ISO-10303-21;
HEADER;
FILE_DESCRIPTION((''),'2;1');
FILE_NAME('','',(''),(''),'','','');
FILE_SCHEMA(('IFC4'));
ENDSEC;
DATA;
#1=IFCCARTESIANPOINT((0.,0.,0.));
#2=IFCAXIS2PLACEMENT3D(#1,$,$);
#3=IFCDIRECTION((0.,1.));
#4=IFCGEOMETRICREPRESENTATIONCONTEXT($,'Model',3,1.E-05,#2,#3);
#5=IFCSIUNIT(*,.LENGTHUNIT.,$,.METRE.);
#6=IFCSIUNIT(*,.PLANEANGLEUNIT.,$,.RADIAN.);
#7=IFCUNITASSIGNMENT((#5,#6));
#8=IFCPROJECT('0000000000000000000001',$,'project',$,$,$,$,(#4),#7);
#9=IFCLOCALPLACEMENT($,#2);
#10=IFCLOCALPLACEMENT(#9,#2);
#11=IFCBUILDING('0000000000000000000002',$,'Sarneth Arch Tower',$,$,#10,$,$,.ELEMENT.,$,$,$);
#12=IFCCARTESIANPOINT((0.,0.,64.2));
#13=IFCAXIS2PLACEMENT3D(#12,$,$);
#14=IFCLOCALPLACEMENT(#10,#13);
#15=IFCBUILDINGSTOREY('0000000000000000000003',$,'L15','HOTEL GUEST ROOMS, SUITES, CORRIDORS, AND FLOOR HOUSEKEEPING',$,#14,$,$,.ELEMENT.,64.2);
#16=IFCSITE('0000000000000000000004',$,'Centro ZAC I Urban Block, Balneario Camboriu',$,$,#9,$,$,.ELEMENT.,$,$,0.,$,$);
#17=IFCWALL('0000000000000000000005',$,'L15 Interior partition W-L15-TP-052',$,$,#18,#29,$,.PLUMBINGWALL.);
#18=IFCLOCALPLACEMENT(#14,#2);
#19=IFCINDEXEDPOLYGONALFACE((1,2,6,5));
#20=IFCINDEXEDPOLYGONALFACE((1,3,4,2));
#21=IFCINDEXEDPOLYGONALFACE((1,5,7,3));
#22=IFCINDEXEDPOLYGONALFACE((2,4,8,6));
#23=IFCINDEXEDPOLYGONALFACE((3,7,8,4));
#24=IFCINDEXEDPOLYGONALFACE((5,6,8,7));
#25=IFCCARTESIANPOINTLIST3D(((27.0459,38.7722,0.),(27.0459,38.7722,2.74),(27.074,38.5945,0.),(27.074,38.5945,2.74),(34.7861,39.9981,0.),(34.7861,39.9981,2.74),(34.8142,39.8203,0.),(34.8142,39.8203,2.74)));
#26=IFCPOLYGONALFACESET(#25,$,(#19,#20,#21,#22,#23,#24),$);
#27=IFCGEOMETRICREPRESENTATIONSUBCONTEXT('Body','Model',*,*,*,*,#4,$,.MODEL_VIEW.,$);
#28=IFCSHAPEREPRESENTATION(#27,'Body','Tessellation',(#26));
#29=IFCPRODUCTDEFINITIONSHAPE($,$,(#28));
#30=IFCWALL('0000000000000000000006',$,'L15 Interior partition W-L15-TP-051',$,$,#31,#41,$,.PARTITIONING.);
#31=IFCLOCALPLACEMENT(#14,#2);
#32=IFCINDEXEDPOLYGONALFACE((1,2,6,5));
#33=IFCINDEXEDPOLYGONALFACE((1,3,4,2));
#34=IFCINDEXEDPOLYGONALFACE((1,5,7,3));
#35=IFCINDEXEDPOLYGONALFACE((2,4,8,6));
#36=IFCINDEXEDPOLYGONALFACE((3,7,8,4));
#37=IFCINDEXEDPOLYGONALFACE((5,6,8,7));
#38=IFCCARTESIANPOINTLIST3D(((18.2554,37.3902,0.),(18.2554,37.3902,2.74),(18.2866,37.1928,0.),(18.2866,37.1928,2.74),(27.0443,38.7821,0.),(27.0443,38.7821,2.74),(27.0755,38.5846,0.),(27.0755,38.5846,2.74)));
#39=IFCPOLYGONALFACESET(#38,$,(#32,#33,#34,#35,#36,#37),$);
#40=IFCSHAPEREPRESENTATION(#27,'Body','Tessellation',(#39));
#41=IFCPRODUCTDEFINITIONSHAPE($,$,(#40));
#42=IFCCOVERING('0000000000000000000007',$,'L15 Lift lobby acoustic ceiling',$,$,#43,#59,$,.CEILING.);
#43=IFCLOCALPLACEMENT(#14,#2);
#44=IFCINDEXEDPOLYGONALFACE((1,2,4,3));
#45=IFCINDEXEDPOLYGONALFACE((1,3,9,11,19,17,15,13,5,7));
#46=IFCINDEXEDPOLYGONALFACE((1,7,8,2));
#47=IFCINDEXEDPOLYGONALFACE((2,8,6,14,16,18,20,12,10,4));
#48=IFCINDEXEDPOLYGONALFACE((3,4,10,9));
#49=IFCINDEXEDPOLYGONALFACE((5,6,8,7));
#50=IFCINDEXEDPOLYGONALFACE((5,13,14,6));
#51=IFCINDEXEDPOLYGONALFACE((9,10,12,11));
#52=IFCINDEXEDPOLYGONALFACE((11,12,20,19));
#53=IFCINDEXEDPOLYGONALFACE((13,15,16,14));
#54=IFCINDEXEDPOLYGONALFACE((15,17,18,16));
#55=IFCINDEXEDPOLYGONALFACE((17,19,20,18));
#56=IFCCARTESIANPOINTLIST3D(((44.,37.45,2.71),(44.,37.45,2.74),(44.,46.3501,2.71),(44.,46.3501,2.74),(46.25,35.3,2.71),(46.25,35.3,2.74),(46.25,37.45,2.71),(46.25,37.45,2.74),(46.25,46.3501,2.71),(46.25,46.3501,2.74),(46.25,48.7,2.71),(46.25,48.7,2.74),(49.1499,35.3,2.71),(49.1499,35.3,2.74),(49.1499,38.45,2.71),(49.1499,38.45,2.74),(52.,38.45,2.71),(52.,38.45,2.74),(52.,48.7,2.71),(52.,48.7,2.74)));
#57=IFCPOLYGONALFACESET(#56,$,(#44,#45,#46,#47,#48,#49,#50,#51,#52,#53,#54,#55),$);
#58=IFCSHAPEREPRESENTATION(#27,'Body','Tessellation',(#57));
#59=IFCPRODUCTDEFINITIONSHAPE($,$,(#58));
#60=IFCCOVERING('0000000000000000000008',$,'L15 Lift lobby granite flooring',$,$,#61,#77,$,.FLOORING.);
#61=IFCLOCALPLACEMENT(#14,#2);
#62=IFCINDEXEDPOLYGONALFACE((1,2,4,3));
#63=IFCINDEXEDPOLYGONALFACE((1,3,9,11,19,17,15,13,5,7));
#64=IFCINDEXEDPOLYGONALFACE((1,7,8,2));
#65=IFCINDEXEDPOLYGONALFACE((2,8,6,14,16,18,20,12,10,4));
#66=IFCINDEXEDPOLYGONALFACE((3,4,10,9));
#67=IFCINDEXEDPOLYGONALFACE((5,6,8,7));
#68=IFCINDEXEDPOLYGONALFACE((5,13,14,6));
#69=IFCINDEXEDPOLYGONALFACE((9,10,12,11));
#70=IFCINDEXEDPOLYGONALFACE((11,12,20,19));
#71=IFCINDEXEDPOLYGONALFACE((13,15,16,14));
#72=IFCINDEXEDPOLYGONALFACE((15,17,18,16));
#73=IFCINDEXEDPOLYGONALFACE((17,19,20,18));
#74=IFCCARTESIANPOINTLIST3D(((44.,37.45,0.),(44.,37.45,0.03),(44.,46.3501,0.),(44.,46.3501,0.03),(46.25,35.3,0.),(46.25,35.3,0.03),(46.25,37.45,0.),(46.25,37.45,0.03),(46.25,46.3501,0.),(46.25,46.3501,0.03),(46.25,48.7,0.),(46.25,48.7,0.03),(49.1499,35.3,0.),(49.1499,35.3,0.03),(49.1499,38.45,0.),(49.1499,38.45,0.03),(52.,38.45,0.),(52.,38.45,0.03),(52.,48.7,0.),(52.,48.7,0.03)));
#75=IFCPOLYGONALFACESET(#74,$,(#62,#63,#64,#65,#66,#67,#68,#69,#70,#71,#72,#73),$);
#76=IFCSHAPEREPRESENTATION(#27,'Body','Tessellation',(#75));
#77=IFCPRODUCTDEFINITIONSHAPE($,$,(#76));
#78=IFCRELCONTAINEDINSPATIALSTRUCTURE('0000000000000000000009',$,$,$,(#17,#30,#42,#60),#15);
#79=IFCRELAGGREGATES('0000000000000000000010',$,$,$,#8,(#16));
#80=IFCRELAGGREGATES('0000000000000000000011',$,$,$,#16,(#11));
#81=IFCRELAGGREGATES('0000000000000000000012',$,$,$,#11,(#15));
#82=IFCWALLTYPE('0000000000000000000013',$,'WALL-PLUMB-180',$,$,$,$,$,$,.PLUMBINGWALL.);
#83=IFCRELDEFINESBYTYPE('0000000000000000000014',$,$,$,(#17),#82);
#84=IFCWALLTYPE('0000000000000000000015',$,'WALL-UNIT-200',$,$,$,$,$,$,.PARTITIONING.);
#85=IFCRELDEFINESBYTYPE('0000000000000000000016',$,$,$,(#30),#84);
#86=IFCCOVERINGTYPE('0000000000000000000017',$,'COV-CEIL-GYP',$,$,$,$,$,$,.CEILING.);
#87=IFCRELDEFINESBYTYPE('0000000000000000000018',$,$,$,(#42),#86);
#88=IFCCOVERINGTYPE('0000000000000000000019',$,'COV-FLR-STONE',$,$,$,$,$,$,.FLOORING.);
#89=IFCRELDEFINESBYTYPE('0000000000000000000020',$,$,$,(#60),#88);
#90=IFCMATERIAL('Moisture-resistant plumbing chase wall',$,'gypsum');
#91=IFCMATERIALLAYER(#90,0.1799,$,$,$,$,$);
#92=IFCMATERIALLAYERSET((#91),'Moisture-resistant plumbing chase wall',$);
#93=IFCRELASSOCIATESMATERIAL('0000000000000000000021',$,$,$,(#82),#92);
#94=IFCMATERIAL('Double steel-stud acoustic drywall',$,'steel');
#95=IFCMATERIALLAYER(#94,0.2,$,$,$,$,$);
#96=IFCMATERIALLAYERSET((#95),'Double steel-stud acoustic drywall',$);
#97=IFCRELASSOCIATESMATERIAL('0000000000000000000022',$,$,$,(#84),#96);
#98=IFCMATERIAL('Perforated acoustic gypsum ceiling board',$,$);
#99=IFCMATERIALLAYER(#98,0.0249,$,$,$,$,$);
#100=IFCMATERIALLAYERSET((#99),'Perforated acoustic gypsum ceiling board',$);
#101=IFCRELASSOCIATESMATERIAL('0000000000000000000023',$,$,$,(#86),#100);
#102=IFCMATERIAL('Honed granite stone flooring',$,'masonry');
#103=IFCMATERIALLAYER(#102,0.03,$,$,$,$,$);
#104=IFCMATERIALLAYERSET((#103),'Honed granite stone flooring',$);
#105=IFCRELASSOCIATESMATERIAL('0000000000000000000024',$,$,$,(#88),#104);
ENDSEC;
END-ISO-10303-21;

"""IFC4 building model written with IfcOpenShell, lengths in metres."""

from ifc_helpers import new_model, si_unit, direction, frame, frame_2d, origin, place, context, subcontext, project, spatial, polyline, rectangle, outline, extrude, material, layer, layer_set, type_object, element, save


model = new_model("IFC4")

# Units and contexts
model_context = context("Model", 3, precision=1e-05, world=origin(), true_north=direction((0.0, 1.0)))
body_context = subcontext(model_context, "Body", "Model", "MODEL_VIEW")
ifc_project = project(units=[si_unit("LENGTHUNIT", "METRE"), si_unit("PLANEANGLEUNIT", "RADIAN")], contexts=[model_context])

# Site, building, storey
site_placement = place(None, origin())
site = spatial("IfcSite", under=ifc_project, at=site_placement, Name="Centro ZAC I Urban Block, Balneario Camboriu", CompositionType="ELEMENT", RefElevation=0.0)
building_placement = place(site_placement, origin())
building = spatial("IfcBuilding", under=site, at=building_placement, Name="Sarneth Arch Tower", CompositionType="ELEMENT")
storey_placement = place(building_placement, frame((0.0, 0.0, 64.2)))
storey = spatial("IfcBuildingStorey", under=building, at=storey_placement, Name="L15", Description="HOTEL GUEST ROOMS, SUITES, CORRIDORS, AND FLOOR HOUSEKEEPING", CompositionType="ELEMENT", Elevation=64.2)

# Walls
ifc_material_1 = material(Name="Moisture-resistant plumbing chase wall", Category="gypsum")
ifc_layer_1 = layer(ifc_material_1, 0.1799)
ifc_layer_set_1 = layer_set([ifc_layer_1], Name="Moisture-resistant plumbing chase wall")
wall_type_1 = type_object("IfcWallType", Name="WALL-PLUMB-180", PredefinedType="PLUMBINGWALL", material=ifc_layer_set_1)
wall_1_placement = place(storey_placement, frame((27.0598, 38.6833, 0.0), z_axis=(0.0, 0.0, 1.0), x_axis=(0.98769, 0.156422, 0.0)))
element("IfcWall", 1, at=wall_1_placement, inside=storey, type_object=wall_type_1, Name="L15 Interior partition W-L15-TP-052", PredefinedType="PLUMBINGWALL", context=body_context, shape_type="SweptSolid", body=[
    extrude(rectangle(XDim=7.8367, YDim=0.1799, at=frame_2d((3.9185, 0.0))), origin(), (0.0, 0.0, 1.0), 2.74),
])
ifc_material_2 = material(Name="Double steel-stud acoustic drywall", Category="steel")
ifc_layer_2 = layer(ifc_material_2, 0.2)
ifc_layer_set_2 = layer_set([ifc_layer_2], Name="Double steel-stud acoustic drywall")
wall_type_2 = type_object("IfcWallType", Name="WALL-UNIT-200", PredefinedType="PARTITIONING", material=ifc_layer_set_2)
wall_2_placement = place(storey_placement, frame((18.271, 37.2915, 0.0), z_axis=(0.0, 0.0, 1.0), x_axis=(0.987691, 0.156416, 0.0)))
element("IfcWall", 2, at=wall_2_placement, inside=storey, type_object=wall_type_2, Name="L15 Interior partition W-L15-TP-051", PredefinedType="PARTITIONING", context=body_context, shape_type="SweptSolid", body=[
    extrude(rectangle(XDim=8.8984, YDim=0.2, at=frame_2d((4.4492, 0.0))), origin(), (0.0, 0.0, 1.0), 2.74),
])

# Coverings
ifc_material_3 = material(Name="Perforated acoustic gypsum ceiling board")
ifc_layer_3 = layer(ifc_material_3, 0.0249)
ifc_layer_set_3 = layer_set([ifc_layer_3], Name="Perforated acoustic gypsum ceiling board")
covering_type_1 = type_object("IfcCoveringType", Name="COV-CEIL-GYP", PredefinedType="CEILING", material=ifc_layer_set_3)
covering_1_placement = place(storey_placement, frame((0.0, 0.0, 2.71)))
element("IfcCovering", 3, at=covering_1_placement, inside=storey, type_object=covering_type_1, Name="L15 Lift lobby acoustic ceiling", PredefinedType="CEILING", context=body_context, shape_type="SweptSolid", body=[
    extrude(outline(polyline([(49.1499, 38.45), (49.1499, 35.3), (46.25, 35.3), (46.25, 37.45), (44.0, 37.45), (44.0, 46.3501), (46.25, 46.3501), (46.25, 48.7), (52.0, 48.7), (52.0, 38.45), (49.1499, 38.45)])), origin(), (0.0, 0.0, 1.0), 0.03),
])
ifc_material_4 = material(Name="Honed granite stone flooring", Category="masonry")
ifc_layer_4 = layer(ifc_material_4, 0.03)
ifc_layer_set_4 = layer_set([ifc_layer_4], Name="Honed granite stone flooring")
covering_type_2 = type_object("IfcCoveringType", Name="COV-FLR-STONE", PredefinedType="FLOORING", material=ifc_layer_set_4)
covering_2_placement = place(storey_placement, origin())
element("IfcCovering", 4, at=covering_2_placement, inside=storey, type_object=covering_type_2, Name="L15 Lift lobby granite flooring", PredefinedType="FLOORING", context=body_context, shape_type="SweptSolid", body=[
    extrude(outline(polyline([(49.1499, 38.45), (49.1499, 35.3), (46.25, 35.3), (46.25, 37.45), (44.0, 37.45), (44.0, 46.3501), (46.25, 46.3501), (46.25, 48.7), (52.0, 48.7), (52.0, 38.45), (49.1499, 38.45)])), origin(), (0.0, 0.0, 1.0), 0.03),
])

save(model, "model.ifc")
